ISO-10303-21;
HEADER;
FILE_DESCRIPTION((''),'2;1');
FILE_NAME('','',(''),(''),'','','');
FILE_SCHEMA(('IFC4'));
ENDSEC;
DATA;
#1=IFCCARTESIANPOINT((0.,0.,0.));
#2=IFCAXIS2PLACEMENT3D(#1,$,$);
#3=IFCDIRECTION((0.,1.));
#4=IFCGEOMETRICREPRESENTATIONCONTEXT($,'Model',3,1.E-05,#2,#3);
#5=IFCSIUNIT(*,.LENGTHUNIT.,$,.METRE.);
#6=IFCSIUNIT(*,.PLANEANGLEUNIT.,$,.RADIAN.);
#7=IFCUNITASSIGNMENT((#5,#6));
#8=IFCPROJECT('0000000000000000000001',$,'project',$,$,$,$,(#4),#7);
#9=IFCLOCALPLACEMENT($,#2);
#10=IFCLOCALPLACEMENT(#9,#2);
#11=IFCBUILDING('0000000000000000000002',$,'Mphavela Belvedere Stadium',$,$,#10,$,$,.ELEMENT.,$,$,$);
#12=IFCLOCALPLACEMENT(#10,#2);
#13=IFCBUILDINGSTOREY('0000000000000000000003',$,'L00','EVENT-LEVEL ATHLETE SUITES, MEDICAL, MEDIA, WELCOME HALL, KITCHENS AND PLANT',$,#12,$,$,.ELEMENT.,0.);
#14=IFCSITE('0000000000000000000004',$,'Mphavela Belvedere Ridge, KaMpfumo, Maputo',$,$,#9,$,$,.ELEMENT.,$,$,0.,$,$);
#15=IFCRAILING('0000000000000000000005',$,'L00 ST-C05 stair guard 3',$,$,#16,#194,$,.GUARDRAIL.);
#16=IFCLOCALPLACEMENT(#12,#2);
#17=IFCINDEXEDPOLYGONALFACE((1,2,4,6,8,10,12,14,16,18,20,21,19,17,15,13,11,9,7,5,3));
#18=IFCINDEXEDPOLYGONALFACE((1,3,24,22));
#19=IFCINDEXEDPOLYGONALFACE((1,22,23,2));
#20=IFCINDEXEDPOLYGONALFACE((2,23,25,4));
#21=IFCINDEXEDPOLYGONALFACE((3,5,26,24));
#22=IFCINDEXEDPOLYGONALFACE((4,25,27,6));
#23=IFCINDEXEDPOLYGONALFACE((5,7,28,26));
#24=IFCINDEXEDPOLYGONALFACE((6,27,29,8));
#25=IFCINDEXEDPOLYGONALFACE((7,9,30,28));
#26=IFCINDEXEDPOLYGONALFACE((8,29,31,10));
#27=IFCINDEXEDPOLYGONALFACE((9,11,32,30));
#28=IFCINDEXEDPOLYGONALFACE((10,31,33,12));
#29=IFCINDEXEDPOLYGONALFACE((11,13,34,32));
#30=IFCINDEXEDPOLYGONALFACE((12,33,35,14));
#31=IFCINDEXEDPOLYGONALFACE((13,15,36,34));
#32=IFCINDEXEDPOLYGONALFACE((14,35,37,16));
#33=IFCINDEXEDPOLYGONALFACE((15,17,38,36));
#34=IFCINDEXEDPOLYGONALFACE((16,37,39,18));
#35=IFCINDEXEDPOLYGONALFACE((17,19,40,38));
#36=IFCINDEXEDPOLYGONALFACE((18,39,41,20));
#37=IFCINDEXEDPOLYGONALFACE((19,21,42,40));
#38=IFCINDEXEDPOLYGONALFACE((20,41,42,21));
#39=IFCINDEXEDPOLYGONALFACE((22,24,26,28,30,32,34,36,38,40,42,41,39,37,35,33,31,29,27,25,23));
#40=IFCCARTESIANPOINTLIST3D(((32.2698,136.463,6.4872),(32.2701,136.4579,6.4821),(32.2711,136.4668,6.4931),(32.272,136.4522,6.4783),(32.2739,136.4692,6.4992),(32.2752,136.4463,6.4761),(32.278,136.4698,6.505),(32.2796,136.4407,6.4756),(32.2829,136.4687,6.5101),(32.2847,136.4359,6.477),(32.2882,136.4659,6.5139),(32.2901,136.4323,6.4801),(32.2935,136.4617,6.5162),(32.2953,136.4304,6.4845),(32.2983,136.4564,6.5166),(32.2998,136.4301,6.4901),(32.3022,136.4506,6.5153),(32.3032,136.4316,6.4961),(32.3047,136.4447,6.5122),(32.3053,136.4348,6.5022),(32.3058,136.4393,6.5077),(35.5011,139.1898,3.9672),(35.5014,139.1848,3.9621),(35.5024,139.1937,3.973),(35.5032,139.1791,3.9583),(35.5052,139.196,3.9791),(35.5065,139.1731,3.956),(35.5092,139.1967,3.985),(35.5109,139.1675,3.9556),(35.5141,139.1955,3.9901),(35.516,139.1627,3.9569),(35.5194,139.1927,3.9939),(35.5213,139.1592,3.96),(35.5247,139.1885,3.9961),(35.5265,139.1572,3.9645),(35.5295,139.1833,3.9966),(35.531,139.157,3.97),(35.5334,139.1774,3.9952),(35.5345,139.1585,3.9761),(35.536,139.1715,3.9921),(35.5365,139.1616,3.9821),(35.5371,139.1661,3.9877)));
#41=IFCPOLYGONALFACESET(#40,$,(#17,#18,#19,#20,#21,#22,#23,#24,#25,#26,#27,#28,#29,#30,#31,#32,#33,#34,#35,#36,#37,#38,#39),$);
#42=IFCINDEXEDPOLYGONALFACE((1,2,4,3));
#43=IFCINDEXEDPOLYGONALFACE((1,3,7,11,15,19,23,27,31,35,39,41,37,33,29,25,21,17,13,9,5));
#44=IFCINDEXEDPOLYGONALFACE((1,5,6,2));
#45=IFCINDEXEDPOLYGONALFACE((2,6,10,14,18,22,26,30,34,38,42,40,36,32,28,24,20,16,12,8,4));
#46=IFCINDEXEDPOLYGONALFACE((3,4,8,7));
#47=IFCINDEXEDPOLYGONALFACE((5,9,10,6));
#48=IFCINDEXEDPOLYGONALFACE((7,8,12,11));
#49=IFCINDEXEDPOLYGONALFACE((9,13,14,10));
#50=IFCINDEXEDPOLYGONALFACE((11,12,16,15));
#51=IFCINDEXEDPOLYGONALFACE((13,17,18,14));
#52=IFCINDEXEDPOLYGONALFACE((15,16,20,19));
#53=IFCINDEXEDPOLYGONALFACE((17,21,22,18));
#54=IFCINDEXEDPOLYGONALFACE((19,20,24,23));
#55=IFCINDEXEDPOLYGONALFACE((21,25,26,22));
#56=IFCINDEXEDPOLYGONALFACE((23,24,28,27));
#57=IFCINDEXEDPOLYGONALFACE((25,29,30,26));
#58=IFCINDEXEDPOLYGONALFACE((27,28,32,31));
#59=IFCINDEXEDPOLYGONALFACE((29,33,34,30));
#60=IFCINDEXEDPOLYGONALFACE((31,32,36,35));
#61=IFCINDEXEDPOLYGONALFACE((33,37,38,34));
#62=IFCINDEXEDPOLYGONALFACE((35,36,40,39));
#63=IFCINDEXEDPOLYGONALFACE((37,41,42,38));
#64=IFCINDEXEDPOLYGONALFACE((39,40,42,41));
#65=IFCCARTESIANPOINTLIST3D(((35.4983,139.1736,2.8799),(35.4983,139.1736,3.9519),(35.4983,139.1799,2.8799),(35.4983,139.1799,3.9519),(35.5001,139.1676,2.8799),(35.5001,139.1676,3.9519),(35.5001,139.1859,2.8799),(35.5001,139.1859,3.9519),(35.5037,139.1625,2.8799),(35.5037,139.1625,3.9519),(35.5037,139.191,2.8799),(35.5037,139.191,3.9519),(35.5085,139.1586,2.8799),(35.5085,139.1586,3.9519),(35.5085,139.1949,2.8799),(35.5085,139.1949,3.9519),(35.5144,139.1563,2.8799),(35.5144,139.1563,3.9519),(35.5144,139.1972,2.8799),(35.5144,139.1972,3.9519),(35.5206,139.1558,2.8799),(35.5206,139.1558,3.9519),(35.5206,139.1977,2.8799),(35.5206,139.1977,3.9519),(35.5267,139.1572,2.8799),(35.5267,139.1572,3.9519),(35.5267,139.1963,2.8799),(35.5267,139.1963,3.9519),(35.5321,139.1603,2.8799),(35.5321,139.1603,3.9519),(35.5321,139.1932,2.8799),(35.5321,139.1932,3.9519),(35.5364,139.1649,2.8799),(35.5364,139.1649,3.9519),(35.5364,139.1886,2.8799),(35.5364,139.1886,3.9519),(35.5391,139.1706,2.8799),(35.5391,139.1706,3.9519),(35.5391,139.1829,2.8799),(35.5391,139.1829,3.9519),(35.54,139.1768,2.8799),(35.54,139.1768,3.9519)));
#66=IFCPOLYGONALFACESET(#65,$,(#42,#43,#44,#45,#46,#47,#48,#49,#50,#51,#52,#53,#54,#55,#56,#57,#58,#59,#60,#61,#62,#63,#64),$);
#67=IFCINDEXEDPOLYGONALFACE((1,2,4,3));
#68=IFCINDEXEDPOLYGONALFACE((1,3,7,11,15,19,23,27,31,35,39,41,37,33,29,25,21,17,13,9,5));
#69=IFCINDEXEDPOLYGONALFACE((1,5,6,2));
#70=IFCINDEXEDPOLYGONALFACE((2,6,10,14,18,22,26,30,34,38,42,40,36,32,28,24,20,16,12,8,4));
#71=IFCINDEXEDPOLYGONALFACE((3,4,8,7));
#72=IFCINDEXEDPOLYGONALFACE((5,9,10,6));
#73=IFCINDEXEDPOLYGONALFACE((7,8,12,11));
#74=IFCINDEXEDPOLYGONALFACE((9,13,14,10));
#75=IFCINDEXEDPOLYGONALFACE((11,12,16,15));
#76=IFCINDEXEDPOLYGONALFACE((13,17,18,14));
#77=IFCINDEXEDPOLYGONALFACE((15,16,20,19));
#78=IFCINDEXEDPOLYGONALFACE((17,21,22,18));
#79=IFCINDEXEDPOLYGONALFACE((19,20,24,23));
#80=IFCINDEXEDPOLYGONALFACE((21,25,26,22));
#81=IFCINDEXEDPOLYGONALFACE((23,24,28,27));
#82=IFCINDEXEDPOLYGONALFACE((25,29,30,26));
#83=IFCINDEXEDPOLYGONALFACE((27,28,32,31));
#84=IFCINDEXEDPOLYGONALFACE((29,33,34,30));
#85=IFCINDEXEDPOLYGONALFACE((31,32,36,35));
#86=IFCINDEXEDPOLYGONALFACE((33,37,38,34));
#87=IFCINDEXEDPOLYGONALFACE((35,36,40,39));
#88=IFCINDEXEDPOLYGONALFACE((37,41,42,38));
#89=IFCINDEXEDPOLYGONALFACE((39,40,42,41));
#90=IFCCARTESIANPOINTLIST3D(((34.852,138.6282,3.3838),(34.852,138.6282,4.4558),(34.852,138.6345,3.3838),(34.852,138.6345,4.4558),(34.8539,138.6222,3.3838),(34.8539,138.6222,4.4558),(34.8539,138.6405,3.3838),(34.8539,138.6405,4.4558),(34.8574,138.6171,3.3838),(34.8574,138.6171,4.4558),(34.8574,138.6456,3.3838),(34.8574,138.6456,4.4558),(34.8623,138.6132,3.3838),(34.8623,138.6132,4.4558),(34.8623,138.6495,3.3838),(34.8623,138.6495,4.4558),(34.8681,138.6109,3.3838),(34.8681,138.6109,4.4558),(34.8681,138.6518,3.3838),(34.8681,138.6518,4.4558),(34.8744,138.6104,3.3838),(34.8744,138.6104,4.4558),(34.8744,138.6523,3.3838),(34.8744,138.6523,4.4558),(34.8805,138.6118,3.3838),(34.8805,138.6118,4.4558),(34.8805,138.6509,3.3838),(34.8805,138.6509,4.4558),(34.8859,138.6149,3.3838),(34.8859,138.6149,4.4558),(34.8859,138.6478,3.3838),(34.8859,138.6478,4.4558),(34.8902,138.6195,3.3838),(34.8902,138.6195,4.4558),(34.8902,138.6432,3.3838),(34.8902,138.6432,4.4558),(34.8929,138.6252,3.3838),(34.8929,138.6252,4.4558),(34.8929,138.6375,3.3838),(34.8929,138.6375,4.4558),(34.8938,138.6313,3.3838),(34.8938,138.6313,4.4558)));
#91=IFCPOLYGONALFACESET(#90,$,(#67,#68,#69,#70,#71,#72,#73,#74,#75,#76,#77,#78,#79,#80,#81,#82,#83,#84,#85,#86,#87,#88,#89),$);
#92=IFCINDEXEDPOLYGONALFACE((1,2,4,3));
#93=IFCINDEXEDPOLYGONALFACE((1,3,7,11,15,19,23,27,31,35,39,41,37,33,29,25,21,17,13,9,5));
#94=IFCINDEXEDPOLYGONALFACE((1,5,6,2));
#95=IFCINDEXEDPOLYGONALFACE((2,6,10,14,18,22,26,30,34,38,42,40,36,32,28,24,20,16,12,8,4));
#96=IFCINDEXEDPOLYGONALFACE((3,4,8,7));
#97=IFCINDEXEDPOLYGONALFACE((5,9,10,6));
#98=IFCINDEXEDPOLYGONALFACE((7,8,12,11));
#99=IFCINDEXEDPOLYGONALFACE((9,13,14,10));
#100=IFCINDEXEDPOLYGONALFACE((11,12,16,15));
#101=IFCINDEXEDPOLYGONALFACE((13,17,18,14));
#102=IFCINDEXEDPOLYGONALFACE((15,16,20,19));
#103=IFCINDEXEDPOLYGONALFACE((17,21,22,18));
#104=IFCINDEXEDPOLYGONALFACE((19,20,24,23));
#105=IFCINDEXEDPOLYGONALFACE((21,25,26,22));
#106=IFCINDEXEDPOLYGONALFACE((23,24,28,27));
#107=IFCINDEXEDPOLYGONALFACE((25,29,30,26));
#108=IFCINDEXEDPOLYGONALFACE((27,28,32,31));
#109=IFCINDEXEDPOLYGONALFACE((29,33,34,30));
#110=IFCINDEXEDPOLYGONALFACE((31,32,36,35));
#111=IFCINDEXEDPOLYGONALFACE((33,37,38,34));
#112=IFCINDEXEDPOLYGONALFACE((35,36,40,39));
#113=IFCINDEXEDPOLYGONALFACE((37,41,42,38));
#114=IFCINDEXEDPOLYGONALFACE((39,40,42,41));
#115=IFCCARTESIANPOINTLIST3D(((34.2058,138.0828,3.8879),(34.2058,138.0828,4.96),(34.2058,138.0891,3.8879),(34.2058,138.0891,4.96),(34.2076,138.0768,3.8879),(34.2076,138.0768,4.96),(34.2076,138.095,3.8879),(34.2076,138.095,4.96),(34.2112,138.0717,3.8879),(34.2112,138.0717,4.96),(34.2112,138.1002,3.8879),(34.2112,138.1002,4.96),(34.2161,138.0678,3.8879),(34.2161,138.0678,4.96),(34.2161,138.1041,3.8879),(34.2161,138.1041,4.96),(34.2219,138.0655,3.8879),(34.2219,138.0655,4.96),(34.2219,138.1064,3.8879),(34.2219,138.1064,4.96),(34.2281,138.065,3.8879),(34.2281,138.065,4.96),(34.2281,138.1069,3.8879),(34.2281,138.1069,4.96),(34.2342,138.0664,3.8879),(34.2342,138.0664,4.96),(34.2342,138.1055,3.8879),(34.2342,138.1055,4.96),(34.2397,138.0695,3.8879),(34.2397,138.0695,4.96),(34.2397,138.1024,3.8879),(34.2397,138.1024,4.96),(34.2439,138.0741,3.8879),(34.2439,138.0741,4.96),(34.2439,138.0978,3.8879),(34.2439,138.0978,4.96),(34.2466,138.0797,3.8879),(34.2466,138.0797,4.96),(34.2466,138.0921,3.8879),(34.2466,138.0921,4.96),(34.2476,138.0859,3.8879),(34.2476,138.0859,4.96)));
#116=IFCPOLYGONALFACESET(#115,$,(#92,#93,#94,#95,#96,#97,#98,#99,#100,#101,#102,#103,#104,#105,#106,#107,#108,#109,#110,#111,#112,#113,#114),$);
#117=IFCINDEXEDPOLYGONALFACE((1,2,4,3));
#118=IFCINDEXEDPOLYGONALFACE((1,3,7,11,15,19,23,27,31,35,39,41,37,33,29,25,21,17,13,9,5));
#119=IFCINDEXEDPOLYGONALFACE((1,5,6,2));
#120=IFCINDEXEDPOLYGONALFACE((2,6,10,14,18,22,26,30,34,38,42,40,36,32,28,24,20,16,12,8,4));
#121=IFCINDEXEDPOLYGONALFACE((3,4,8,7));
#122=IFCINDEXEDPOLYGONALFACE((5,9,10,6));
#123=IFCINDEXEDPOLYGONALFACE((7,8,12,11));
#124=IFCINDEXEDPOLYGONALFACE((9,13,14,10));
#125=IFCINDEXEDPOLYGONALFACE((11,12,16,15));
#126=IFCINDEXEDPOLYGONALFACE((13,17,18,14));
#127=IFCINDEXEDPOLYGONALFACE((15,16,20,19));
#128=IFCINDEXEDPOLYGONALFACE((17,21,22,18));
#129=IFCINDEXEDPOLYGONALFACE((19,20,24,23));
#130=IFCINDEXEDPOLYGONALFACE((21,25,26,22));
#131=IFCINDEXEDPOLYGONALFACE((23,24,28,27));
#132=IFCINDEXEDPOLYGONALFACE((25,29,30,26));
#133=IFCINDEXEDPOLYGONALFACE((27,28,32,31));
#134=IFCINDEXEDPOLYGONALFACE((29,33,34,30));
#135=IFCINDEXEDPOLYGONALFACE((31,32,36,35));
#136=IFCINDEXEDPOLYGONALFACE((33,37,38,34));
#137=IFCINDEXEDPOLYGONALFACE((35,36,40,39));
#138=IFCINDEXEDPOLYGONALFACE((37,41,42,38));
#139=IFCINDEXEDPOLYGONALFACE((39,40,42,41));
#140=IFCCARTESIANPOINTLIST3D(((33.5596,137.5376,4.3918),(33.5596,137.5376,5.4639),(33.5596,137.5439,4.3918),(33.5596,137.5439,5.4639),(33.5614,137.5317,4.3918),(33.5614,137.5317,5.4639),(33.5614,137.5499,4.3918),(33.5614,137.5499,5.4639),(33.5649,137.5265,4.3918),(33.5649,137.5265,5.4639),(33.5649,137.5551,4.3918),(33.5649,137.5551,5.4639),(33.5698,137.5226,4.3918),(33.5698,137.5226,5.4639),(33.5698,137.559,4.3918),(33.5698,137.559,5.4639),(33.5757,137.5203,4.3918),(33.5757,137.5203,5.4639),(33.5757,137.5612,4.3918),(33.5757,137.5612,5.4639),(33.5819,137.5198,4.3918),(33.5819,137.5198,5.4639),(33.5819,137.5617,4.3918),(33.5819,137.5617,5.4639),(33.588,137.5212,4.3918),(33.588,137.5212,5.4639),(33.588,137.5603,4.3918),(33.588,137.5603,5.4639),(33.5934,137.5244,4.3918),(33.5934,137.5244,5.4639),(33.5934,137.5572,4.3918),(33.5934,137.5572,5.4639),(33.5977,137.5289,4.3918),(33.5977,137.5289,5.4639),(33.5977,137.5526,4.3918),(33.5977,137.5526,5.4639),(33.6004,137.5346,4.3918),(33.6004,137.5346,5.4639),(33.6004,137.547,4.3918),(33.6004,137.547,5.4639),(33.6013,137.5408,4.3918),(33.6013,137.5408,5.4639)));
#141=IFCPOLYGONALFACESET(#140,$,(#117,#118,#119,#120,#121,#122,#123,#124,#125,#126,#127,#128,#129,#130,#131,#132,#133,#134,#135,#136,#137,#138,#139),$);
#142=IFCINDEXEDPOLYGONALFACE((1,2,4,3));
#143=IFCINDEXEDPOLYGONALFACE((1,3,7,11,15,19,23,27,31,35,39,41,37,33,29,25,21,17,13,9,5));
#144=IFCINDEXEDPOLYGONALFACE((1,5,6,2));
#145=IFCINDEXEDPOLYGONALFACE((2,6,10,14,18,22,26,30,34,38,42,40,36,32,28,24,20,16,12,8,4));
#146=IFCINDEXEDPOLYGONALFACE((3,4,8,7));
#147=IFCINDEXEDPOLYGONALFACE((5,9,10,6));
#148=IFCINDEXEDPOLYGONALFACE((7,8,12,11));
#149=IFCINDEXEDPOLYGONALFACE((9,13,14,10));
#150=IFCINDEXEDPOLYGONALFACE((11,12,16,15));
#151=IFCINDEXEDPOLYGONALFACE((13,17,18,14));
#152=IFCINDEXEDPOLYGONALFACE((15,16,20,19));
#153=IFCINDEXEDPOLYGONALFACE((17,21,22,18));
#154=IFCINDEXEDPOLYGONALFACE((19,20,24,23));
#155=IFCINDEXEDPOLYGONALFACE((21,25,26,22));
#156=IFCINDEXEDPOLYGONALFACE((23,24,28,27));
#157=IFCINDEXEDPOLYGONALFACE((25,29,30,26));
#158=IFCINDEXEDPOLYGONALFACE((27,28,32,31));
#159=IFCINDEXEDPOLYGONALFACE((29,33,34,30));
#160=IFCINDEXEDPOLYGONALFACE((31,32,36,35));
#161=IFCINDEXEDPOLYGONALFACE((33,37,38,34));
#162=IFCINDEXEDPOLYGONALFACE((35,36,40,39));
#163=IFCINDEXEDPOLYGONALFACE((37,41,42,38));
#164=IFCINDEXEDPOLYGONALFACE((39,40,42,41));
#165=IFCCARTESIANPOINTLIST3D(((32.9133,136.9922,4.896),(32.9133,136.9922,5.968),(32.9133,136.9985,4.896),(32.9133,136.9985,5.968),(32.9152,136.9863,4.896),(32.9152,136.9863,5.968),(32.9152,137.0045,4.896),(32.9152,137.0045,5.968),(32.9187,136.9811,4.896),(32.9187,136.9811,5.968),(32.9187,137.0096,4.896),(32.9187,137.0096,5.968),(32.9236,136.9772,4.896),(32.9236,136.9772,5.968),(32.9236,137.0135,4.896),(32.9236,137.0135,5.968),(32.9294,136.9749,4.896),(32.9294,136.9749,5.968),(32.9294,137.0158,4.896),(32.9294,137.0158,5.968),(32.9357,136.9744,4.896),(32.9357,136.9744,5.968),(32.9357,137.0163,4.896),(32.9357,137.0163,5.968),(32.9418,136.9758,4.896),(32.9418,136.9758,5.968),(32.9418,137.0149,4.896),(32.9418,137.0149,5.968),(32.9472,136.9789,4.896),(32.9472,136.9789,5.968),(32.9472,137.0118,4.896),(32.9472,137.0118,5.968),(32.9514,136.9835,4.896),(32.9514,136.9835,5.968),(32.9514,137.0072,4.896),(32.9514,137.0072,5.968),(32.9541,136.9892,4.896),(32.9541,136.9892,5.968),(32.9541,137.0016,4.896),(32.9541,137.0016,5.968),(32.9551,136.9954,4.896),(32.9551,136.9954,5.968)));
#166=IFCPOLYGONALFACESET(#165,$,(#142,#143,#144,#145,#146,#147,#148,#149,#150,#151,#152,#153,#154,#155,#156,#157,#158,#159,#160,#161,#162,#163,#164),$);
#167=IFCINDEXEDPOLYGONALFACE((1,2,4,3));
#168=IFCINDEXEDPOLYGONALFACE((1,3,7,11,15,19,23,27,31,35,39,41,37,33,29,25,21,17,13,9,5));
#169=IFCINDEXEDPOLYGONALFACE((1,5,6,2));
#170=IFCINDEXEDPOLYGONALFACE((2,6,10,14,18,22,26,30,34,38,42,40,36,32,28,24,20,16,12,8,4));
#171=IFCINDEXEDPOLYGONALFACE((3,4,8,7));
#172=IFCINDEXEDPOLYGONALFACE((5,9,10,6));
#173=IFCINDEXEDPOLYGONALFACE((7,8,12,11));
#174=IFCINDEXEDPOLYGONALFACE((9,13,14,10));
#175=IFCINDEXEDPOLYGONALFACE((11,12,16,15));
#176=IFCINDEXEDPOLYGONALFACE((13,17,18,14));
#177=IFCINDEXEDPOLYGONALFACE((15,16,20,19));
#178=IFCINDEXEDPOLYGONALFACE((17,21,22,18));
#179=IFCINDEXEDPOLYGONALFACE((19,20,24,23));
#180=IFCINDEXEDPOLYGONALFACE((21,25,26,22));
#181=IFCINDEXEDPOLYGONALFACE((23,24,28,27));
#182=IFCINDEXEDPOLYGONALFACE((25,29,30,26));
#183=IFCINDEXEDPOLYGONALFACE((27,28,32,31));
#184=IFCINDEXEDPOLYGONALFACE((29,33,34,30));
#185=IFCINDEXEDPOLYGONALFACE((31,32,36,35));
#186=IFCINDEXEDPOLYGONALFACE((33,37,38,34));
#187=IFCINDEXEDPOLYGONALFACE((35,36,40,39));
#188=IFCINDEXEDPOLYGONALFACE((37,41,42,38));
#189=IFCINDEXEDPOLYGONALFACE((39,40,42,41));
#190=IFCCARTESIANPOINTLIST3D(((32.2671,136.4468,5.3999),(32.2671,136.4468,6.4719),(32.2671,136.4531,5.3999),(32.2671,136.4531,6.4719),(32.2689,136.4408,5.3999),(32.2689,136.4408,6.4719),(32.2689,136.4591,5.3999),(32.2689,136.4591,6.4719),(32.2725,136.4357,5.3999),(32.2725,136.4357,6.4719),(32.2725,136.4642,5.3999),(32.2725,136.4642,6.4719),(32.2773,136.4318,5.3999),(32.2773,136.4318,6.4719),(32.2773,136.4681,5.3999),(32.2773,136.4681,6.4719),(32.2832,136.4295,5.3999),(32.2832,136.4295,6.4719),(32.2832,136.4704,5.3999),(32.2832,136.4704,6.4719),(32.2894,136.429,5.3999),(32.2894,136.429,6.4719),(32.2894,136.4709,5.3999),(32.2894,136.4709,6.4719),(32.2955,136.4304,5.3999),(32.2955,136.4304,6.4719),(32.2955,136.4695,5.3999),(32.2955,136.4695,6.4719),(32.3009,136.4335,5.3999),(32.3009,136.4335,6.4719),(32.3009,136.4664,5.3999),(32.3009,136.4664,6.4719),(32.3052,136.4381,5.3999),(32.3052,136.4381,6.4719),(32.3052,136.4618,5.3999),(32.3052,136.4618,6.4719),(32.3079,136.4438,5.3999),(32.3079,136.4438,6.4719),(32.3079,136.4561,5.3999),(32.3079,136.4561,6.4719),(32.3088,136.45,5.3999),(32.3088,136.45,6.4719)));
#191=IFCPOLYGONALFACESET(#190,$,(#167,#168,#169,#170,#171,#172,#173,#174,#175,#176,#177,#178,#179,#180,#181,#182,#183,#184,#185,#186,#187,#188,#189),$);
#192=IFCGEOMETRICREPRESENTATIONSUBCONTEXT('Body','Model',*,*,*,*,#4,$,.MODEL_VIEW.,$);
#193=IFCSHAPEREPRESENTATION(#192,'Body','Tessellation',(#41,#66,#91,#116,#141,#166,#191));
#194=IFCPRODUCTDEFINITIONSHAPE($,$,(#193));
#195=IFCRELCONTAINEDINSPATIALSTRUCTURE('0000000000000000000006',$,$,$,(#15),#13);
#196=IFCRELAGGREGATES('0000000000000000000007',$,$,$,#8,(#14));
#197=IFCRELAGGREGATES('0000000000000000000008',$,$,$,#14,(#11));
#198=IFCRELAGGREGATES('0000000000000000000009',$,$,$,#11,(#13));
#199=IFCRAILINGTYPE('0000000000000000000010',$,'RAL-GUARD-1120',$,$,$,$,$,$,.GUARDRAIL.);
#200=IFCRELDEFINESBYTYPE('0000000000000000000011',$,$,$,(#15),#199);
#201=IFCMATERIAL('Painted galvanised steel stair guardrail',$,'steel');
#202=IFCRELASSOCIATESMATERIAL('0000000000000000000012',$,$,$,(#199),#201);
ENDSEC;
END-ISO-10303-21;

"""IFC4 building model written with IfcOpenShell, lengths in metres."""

from ifc_helpers import new_model, si_unit, direction, frame, origin, origin_2d, place, context, subcontext, project, spatial, circle, extrude, material, type_object, element, save


model = new_model("IFC4")

# Units and contexts
model_context = context("Model", 3, precision=1e-05, world=origin(), true_north=direction((0.0, 1.0)))
body_context = subcontext(model_context, "Body", "Model", "MODEL_VIEW")
ifc_project = project(units=[si_unit("LENGTHUNIT", "METRE"), si_unit("PLANEANGLEUNIT", "RADIAN")], contexts=[model_context])

# Site, building, storey
site_placement = place(None, origin())
site = spatial("IfcSite", under=ifc_project, at=site_placement, Name="Mphavela Belvedere Ridge, KaMpfumo, Maputo", CompositionType="ELEMENT", RefElevation=0.0)
building_placement = place(site_placement, origin())
building = spatial("IfcBuilding", under=site, at=building_placement, Name="Mphavela Belvedere Stadium", CompositionType="ELEMENT")
storey_placement = place(building_placement, origin())
storey = spatial("IfcBuildingStorey", under=building, at=storey_placement, Name="L00", Description="EVENT-LEVEL ATHLETE SUITES, MEDICAL, MEDIA, WELCOME HALL, KITCHENS AND PLANT", CompositionType="ELEMENT", Elevation=0.0)

# Railing
ifc_material_1 = material(Name="Painted galvanised steel stair guardrail", Category="steel")
railing_type_1 = type_object("IfcRailingType", Name="RAL-GUARD-1120", PredefinedType="GUARDRAIL", material=ifc_material_1)
railing_1_placement = place(storey_placement, frame((35.519, 139.1768, 2.8799)))
element("IfcRailing", 1, at=railing_1_placement, inside=storey, type_object=railing_type_1, Name="L00 ST-C05 stair guard 3", PredefinedType="GUARDRAIL", context=body_context, shape_type="SweptSolid", body=[
    extrude(circle(Radius=0.0239, at=origin_2d()), frame((0.0, 0.0, 1.0962), z_axis=(-0.656474, -0.553997, 0.511985), x_axis=(0.644937, -0.764235, 0.0)), (0.0, 0.0, 1.0), 4.9221),
    extrude(circle(Radius=0.021, at=origin_2d()), origin(), (0.0, 0.0, 1.0), 1.072),
    extrude(circle(Radius=0.021, at=origin_2d()), frame((-0.6462, -0.5454, 0.5039)), (0.0, 0.0, 1.0), 1.072),
    extrude(circle(Radius=0.021, at=origin_2d()), frame((-1.2925, -1.0908, 1.0081)), (0.0, 0.0, 1.0), 1.072),
    extrude(circle(Radius=0.021, at=origin_2d()), frame((-1.9387, -1.636, 1.512)), (0.0, 0.0, 1.0), 1.072),
    extrude(circle(Radius=0.021, at=origin_2d()), frame((-2.585, -2.1814, 2.0161)), (0.0, 0.0, 1.0), 1.072),
    extrude(circle(Radius=0.021, at=origin_2d()), frame((-3.2312, -2.7268, 2.52)), (0.0, 0.0, 1.0), 1.072),
])

save(model, "model.ifc")
